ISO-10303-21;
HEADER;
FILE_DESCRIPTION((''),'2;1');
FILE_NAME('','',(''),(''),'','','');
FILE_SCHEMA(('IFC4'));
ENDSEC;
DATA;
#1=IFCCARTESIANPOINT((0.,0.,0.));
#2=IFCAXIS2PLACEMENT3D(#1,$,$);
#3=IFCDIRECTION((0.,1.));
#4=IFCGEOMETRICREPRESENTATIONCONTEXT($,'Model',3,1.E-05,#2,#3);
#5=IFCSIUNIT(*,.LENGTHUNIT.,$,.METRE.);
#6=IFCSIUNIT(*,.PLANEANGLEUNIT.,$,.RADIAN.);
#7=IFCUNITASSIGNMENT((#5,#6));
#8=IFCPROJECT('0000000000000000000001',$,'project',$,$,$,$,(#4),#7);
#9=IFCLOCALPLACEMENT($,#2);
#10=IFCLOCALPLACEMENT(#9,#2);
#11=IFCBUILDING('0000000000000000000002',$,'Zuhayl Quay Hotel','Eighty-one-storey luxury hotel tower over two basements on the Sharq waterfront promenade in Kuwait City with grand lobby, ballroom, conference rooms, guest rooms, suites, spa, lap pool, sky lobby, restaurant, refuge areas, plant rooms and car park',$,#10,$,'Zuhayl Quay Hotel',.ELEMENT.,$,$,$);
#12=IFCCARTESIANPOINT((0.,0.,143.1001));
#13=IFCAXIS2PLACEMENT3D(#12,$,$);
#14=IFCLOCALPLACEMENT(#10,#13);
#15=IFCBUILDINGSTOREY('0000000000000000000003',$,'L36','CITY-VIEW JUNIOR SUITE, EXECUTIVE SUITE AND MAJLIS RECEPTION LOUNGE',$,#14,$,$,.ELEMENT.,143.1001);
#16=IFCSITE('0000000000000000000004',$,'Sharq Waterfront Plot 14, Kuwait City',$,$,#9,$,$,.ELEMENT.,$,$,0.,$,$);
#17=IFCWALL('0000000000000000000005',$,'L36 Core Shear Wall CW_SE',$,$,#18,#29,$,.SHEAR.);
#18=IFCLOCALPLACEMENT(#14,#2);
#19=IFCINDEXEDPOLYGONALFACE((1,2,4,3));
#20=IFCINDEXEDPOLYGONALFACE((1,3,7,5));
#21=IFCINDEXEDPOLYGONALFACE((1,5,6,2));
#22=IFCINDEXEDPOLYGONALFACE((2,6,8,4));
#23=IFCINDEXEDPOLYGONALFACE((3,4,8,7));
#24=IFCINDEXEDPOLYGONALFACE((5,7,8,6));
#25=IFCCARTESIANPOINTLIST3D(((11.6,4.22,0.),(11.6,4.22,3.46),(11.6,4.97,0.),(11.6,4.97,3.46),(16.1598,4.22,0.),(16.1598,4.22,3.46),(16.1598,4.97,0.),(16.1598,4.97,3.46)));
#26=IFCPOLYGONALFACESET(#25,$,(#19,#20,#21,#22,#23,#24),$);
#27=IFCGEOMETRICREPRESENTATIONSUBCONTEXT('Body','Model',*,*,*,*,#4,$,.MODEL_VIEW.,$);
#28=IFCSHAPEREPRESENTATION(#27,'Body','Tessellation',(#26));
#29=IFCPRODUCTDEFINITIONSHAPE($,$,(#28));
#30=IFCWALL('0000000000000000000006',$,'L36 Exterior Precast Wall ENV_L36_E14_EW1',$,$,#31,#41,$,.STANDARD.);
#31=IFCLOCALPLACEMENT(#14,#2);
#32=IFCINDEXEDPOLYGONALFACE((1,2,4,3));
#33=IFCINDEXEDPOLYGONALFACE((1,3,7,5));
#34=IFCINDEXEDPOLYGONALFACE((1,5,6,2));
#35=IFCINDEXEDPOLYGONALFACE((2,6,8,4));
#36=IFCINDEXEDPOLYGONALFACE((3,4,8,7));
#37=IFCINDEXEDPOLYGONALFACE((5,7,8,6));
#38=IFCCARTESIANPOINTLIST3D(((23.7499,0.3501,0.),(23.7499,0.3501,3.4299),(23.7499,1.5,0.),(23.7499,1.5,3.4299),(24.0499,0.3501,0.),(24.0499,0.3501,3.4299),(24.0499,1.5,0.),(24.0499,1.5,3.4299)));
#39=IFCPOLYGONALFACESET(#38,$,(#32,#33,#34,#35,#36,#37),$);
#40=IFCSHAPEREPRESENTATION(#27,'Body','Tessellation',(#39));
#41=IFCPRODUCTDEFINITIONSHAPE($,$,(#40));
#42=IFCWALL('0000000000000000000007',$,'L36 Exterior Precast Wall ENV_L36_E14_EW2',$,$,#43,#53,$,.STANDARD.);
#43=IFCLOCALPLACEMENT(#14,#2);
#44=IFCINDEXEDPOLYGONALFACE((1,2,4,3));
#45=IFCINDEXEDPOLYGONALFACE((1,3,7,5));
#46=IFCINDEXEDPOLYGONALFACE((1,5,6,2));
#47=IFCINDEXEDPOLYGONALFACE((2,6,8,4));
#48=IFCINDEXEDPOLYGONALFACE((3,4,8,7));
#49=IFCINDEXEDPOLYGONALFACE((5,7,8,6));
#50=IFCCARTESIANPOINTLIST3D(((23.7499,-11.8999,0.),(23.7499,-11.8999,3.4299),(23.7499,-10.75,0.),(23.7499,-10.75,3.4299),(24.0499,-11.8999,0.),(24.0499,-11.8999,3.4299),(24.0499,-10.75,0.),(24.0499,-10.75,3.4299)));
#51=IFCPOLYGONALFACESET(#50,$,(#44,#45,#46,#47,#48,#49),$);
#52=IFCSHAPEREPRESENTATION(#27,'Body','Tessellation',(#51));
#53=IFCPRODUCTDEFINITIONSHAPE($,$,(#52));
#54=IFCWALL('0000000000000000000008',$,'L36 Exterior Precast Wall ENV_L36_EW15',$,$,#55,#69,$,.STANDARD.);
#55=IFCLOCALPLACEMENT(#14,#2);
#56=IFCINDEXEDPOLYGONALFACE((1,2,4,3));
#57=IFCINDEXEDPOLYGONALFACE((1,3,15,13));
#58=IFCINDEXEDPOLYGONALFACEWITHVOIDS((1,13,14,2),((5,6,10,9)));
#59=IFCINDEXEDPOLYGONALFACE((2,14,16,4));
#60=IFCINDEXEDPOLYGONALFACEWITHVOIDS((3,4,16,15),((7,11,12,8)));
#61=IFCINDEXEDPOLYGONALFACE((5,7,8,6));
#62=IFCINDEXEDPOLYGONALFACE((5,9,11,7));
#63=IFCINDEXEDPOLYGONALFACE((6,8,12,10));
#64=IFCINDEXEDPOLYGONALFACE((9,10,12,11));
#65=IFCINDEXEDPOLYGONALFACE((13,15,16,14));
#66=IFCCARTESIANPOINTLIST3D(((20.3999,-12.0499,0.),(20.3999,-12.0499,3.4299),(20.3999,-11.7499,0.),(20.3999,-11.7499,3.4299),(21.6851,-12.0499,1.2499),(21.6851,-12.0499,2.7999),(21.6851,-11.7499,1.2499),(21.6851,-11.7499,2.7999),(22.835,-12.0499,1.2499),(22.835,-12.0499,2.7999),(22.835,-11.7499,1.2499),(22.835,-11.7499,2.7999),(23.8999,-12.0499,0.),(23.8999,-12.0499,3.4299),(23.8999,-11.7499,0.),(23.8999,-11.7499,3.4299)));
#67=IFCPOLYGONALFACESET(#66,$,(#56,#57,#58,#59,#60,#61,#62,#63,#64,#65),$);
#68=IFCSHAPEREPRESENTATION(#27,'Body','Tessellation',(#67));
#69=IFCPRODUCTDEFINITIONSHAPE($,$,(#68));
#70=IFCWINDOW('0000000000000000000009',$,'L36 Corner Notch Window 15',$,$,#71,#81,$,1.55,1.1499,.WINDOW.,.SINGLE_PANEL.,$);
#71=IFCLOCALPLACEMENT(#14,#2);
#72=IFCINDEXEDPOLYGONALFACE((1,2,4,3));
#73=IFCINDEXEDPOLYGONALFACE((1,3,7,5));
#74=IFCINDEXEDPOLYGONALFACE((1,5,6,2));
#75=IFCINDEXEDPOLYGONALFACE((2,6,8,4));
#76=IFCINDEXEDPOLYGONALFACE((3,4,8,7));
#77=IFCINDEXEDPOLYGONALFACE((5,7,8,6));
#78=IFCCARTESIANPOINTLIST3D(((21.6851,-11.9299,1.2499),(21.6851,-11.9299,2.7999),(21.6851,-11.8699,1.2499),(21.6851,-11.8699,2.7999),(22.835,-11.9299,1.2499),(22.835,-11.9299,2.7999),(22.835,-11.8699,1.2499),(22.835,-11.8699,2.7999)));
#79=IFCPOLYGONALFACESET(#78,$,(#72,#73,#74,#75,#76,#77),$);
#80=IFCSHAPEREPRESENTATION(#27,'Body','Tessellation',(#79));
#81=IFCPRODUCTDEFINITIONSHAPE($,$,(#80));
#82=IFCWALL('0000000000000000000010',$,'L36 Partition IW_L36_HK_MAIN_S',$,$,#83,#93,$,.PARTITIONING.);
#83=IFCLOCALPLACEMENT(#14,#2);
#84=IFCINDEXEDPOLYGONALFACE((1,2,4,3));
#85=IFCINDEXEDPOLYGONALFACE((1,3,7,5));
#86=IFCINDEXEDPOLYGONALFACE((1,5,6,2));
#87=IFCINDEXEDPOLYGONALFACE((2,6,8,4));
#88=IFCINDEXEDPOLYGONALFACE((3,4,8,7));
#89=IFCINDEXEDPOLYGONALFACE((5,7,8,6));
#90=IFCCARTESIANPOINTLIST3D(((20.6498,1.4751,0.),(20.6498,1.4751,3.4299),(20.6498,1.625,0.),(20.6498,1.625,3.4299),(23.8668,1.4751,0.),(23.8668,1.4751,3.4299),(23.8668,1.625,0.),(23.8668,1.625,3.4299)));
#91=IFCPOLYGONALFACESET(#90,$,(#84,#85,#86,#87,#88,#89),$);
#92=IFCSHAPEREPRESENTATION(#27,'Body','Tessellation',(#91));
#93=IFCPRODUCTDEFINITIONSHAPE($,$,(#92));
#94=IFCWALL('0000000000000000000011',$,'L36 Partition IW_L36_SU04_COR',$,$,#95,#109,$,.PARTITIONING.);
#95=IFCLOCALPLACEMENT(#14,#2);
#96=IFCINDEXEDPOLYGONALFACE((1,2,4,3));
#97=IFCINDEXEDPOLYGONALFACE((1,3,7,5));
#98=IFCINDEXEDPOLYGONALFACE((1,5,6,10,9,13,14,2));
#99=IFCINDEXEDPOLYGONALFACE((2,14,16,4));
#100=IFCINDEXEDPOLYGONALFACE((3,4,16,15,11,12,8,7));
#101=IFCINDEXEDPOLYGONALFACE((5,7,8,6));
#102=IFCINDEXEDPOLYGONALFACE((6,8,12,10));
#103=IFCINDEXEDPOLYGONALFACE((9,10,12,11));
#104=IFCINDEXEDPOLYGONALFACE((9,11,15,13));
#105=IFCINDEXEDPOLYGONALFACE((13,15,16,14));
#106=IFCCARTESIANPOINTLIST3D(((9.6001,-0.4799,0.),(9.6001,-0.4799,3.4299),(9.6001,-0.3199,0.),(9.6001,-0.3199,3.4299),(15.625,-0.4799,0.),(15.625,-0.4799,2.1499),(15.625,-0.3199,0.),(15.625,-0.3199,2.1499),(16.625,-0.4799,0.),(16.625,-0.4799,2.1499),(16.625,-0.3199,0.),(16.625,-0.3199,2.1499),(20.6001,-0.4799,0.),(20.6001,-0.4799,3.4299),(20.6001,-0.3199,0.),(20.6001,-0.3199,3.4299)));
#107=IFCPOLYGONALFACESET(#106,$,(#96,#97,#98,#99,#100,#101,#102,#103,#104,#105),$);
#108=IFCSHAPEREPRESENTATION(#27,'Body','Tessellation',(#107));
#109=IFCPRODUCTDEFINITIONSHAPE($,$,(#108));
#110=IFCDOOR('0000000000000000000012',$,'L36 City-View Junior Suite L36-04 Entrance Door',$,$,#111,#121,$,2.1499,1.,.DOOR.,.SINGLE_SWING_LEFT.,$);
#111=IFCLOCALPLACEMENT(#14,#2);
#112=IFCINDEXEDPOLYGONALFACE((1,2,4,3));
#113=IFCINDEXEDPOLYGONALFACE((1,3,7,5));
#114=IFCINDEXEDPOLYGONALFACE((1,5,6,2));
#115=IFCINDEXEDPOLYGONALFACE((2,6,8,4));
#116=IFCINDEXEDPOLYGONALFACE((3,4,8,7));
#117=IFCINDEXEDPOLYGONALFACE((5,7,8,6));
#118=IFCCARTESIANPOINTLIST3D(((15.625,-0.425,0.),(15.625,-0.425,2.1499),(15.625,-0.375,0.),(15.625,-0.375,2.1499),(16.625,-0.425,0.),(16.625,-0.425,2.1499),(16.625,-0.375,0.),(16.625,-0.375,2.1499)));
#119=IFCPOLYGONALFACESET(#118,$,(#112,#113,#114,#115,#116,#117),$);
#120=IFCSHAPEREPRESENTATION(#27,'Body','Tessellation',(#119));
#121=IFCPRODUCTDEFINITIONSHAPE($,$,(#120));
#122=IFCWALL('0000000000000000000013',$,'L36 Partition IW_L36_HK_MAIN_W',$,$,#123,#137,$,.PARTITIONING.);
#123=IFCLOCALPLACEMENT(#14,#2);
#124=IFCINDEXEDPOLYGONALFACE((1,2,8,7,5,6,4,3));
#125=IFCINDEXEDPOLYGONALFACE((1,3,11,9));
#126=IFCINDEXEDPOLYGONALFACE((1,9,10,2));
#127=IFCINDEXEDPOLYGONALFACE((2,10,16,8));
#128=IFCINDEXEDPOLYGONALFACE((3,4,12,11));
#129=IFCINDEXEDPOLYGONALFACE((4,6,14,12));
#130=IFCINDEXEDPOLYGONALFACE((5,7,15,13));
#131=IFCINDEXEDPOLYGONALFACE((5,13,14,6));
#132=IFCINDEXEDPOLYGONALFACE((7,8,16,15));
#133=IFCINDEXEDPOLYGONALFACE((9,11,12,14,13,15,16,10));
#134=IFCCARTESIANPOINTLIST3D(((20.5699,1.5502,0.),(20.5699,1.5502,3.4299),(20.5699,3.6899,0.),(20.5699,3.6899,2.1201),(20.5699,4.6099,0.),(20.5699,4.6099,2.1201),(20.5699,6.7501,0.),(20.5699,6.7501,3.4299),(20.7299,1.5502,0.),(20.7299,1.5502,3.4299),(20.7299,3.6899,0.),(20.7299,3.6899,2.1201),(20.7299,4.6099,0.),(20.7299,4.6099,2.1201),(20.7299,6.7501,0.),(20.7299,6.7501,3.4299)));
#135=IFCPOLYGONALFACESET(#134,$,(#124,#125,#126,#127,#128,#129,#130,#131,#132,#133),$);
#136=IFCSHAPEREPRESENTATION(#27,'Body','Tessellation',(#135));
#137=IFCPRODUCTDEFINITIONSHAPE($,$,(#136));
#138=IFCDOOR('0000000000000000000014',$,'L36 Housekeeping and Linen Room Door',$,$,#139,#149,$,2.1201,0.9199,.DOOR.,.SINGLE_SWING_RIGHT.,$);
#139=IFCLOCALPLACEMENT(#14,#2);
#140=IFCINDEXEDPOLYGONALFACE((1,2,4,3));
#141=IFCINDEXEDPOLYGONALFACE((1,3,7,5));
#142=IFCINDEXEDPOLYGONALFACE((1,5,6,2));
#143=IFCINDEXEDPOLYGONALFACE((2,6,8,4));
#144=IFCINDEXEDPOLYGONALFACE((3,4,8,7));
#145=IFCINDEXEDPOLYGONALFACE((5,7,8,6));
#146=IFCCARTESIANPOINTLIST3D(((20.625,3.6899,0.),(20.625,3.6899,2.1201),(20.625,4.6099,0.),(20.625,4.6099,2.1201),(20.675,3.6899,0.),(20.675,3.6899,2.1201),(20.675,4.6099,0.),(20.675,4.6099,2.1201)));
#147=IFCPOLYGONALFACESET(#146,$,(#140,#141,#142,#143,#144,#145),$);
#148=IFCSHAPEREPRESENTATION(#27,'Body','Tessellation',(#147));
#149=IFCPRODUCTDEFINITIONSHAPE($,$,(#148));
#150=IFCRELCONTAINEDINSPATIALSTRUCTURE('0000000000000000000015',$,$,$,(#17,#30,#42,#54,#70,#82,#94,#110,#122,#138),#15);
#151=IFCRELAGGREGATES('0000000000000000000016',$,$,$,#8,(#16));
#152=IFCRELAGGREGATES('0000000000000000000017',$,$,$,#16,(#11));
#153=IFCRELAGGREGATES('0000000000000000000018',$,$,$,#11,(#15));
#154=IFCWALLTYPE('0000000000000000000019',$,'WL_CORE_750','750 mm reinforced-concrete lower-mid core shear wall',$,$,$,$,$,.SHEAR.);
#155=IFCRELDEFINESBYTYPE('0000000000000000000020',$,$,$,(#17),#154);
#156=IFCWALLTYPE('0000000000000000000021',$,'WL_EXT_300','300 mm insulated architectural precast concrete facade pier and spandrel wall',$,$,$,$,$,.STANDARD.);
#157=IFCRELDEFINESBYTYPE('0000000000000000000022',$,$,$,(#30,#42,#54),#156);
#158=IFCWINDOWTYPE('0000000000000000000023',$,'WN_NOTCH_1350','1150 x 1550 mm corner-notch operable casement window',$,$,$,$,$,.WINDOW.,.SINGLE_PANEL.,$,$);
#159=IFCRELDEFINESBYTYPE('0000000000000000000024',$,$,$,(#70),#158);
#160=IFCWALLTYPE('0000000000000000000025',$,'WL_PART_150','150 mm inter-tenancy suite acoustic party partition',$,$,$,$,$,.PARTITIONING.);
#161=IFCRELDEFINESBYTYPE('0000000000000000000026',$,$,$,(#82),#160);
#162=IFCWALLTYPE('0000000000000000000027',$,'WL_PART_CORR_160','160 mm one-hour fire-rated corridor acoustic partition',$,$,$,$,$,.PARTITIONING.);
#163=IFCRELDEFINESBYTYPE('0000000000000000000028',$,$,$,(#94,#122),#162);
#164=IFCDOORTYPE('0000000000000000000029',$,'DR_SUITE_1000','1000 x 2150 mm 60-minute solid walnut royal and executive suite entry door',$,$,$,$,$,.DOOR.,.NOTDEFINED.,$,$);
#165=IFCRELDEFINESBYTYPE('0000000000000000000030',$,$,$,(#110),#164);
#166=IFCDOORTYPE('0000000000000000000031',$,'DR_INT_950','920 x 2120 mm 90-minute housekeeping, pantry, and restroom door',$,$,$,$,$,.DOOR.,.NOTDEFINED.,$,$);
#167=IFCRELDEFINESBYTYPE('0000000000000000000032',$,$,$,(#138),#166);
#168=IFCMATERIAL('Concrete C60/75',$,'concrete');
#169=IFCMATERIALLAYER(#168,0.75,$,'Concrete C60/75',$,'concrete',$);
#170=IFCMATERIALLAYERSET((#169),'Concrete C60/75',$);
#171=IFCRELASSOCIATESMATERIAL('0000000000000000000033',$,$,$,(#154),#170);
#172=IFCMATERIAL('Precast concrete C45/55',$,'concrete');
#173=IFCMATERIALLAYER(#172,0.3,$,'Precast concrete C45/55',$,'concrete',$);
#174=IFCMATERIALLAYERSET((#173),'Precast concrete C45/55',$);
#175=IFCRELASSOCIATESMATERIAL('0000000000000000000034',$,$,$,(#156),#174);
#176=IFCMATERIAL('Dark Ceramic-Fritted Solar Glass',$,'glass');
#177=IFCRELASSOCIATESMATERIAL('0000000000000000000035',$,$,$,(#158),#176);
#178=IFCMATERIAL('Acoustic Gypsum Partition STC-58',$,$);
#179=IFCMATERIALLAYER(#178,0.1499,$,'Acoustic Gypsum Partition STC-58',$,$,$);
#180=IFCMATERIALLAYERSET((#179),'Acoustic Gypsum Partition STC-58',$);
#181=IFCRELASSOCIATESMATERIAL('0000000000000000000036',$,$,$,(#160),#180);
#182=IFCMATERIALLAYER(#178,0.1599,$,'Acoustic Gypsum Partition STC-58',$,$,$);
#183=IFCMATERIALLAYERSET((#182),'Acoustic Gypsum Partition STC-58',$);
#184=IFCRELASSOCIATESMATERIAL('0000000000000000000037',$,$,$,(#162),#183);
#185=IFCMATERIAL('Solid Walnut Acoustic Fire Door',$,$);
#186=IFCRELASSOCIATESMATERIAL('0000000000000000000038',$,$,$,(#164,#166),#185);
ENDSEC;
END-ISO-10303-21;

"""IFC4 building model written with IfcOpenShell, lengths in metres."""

from ifc_helpers import new_model, si_unit, direction, frame, frame_2d, origin, place, context, subcontext, project, spatial, rectangle, extrude, material, layer, layer_set, type_object, element, fill, save


model = new_model("IFC4")

# Units and contexts
model_context = context("Model", 3, precision=1e-05, world=origin(), true_north=direction((0.0, 1.0)))
body_context = subcontext(model_context, "Body", "Model", "MODEL_VIEW")
ifc_project = project(units=[si_unit("LENGTHUNIT", "METRE"), si_unit("PLANEANGLEUNIT", "RADIAN")], contexts=[model_context])

# Site, building, storey
site_placement = place(None, origin())
site = spatial("IfcSite", under=ifc_project, at=site_placement, Name="Sharq Waterfront Plot 14, Kuwait City", CompositionType="ELEMENT", RefElevation=0.0)
building_placement = place(site_placement, origin())
building = spatial("IfcBuilding", under=site, at=building_placement, Name="Zuhayl Quay Hotel", Description="Eighty-one-storey luxury hotel tower over two basements on the Sharq waterfront promenade in Kuwait City with grand lobby, ballroom, conference rooms, guest rooms, suites, spa, lap pool, sky lobby, restaurant, refuge areas, plant rooms and car park", LongName="Zuhayl Quay Hotel", CompositionType="ELEMENT")
storey_placement = place(building_placement, frame((0.0, 0.0, 143.1001)))
storey = spatial("IfcBuildingStorey", under=building, at=storey_placement, Name="L36", Description="CITY-VIEW JUNIOR SUITE, EXECUTIVE SUITE AND MAJLIS RECEPTION LOUNGE", CompositionType="ELEMENT", Elevation=143.1001)

# Shared definitions
ifc_material_1 = material(Name="Dark Ceramic-Fritted Solar Glass", Category="glass")

# Walls
ifc_material_2 = material(Name="Concrete C60/75", Category="concrete")
ifc_layer_1 = layer(ifc_material_2, 0.75, Name="Concrete C60/75", Category="concrete")
ifc_layer_set_1 = layer_set([ifc_layer_1], Name="Concrete C60/75")
wall_type_1 = type_object("IfcWallType", Name="WL_CORE_750", Description="750 mm reinforced-concrete lower-mid core shear wall", PredefinedType="SHEAR", material=ifc_layer_set_1)
wall_1_placement = place(storey_placement, frame((11.6001, 4.595, 0.0), z_axis=(0.0, 0.0, 1.0), x_axis=(1.0, 0.0, 0.0)))
element("IfcWall", 1, at=wall_1_placement, inside=storey, type_object=wall_type_1, Name="L36 Core Shear Wall CW_SE", PredefinedType="SHEAR", context=body_context, shape_type="SweptSolid", body=[
    extrude(rectangle(XDim=4.5598, YDim=0.75, at=frame_2d((2.2798, 0.0))), origin(), (0.0, 0.0, 1.0), 3.46),
])
ifc_material_3 = material(Name="Precast concrete C45/55", Category="concrete")
ifc_layer_2 = layer(ifc_material_3, 0.3, Name="Precast concrete C45/55", Category="concrete")
ifc_layer_set_2 = layer_set([ifc_layer_2], Name="Precast concrete C45/55")
wall_type_2 = type_object("IfcWallType", Name="WL_EXT_300", Description="300 mm insulated architectural precast concrete facade pier and spandrel wall", PredefinedType="STANDARD", material=ifc_layer_set_2)
for number, where, z_axis, x_axis, name in (
    (2, (23.8999, 1.5, 0.0), (0.0, 0.0, 1.0), (0.0, -1.0, 0.0), "L36 Exterior Precast Wall ENV_L36_E14_EW1"),
    (3, (23.8999, -10.75, 0.0), (0.0, 0.0, 1.0), (0.0, -1.0, 0.0), "L36 Exterior Precast Wall ENV_L36_E14_EW2"),
):
    element("IfcWall", number, at=place(storey_placement, frame(where, z_axis=z_axis, x_axis=x_axis)), inside=storey, type_object=wall_type_2, Name=name, PredefinedType="STANDARD", context=body_context, shape_type="SweptSolid", body=[
        extrude(rectangle(XDim=1.1499, YDim=0.3, at=frame_2d((0.575, 0.0))), origin(), (0.0, 0.0, 1.0), 3.4299),
    ])

# Wall, opening, window
wall_2_placement = place(storey_placement, frame((23.8999, -11.8999, 0.0), z_axis=(0.0, 0.0, 1.0), x_axis=(-1.0, 0.0, 0.0)))
wall_2 = element("IfcWall", 4, at=wall_2_placement, inside=storey, type_object=wall_type_2, Name="L36 Exterior Precast Wall ENV_L36_EW15", PredefinedType="STANDARD", context=body_context, shape_type="SweptSolid", body=[
    extrude(rectangle(XDim=3.5, YDim=0.3, at=frame_2d((1.75, 0.0))), origin(), (0.0, 0.0, 1.0), 3.4299),
])
opening_1_placement = place(wall_2_placement, frame((1.0649, 0.0, 1.25)))
opening_1 = element("IfcOpeningElement", 5, at=opening_1_placement, cuts=wall_2, PredefinedType="OPENING", context=body_context, shape_type="SweptSolid", body=[
    extrude(rectangle(XDim=1.1499, YDim=1.55, at=frame_2d((0.575, 0.7749))), frame((0.0, 0.1599, 0.0), z_axis=(0.0, -1.0, 0.0), x_axis=(1.0, 0.0, 0.0)), (0.0, 0.0, 1.0), 0.3201),
])
window_type = type_object("IfcWindowType", Name="WN_NOTCH_1350", Description="1150 x 1550 mm corner-notch operable casement window", PartitioningType="SINGLE_PANEL", PredefinedType="WINDOW", material=ifc_material_1)
window_placement = place(opening_1_placement, origin())
window = element("IfcWindow", 6, at=window_placement, inside=storey, type_object=window_type, Name="L36 Corner Notch Window 15", OverallHeight=1.55, OverallWidth=1.1499, PartitioningType="SINGLE_PANEL", PredefinedType="WINDOW", context=body_context, shape_type="SweptSolid", body=[
    extrude(rectangle(XDim=1.1499, YDim=1.55, at=frame_2d((0.575, 0.7749))), frame((0.0, 0.03, 0.0), z_axis=(0.0, -1.0, 0.0), x_axis=(1.0, 0.0, 0.0)), (0.0, 0.0, 1.0), 0.0601),
])
fill(opening_1, window)

# Wall
ifc_material_4 = material(Name="Acoustic Gypsum Partition STC-58")
ifc_layer_3 = layer(ifc_material_4, 0.1499, Name="Acoustic Gypsum Partition STC-58")
ifc_layer_set_3 = layer_set([ifc_layer_3], Name="Acoustic Gypsum Partition STC-58")
wall_type_3 = type_object("IfcWallType", Name="WL_PART_150", Description="150 mm inter-tenancy suite acoustic party partition", PredefinedType="PARTITIONING", material=ifc_layer_set_3)
wall_3_placement = place(storey_placement, frame((20.6499, 1.55, 0.0), z_axis=(0.0, 0.0, 1.0), x_axis=(1.0, 0.0, 0.0)))
element("IfcWall", 7, at=wall_3_placement, inside=storey, type_object=wall_type_3, Name="L36 Partition IW_L36_HK_MAIN_S", PredefinedType="PARTITIONING", context=body_context, shape_type="SweptSolid", body=[
    extrude(rectangle(XDim=3.217, YDim=0.1499, at=frame_2d((1.6084, 0.0))), origin(), (0.0, 0.0, 1.0), 3.4299),
])

# Walls, openings, doors
ifc_layer_4 = layer(ifc_material_4, 0.1599, Name="Acoustic Gypsum Partition STC-58")
ifc_layer_set_4 = layer_set([ifc_layer_4], Name="Acoustic Gypsum Partition STC-58")
wall_type_4 = type_object("IfcWallType", Name="WL_PART_CORR_160", Description="160 mm one-hour fire-rated corridor acoustic partition", PredefinedType="PARTITIONING", material=ifc_layer_set_4)
wall_4_placement = place(storey_placement, frame((9.6001, -0.3999, 0.0), z_axis=(0.0, 0.0, 1.0), x_axis=(1.0, 0.0, 0.0)))
wall_4 = element("IfcWall", 8, at=wall_4_placement, inside=storey, type_object=wall_type_4, Name="L36 Partition IW_L36_SU04_COR", PredefinedType="PARTITIONING", context=body_context, shape_type="SweptSolid", body=[
    extrude(rectangle(XDim=11.0, YDim=0.1599, at=frame_2d((5.5, 0.0))), origin(), (0.0, 0.0, 1.0), 3.4299),
])
opening_2_placement = place(wall_4_placement, frame((6.0249, 0.0, 0.0)))
opening_2 = element("IfcOpeningElement", 9, at=opening_2_placement, cuts=wall_4, PredefinedType="OPENING", context=body_context, shape_type="SweptSolid", body=[
    extrude(rectangle(XDim=1.0, YDim=2.1499, at=frame_2d((0.5, 1.075))), frame((0.0, 0.0898, 0.0), z_axis=(0.0, -1.0, 0.0), x_axis=(1.0, 0.0, 0.0)), (0.0, 0.0, 1.0), 0.1799),
])
ifc_material_5 = material(Name="Solid Walnut Acoustic Fire Door")
door_type_1 = type_object("IfcDoorType", Name="DR_SUITE_1000", Description="1000 x 2150 mm 60-minute solid walnut royal and executive suite entry door", OperationType="NOTDEFINED", PredefinedType="DOOR", material=ifc_material_5)
door_1_placement = place(opening_2_placement, origin())
door_1 = element("IfcDoor", 10, at=door_1_placement, inside=storey, type_object=door_type_1, Name="L36 City-View Junior Suite L36-04 Entrance Door", OperationType="SINGLE_SWING_LEFT", OverallHeight=2.1499, OverallWidth=1.0, PredefinedType="DOOR", context=body_context, shape_type="SweptSolid", body=[
    extrude(rectangle(XDim=1.0, YDim=2.1499, at=frame_2d((0.5, 1.075))), frame((0.0, 0.0249, 0.0), z_axis=(0.0, -1.0, 0.0), x_axis=(1.0, 0.0, 0.0)), (0.0, 0.0, 1.0), 0.05),
])
fill(opening_2, door_1)
wall_5_placement = place(storey_placement, frame((20.6499, 1.55, 0.0), z_axis=(0.0, 0.0, 1.0), x_axis=(0.0, 1.0, 0.0)))
wall_5 = element("IfcWall", 11, at=wall_5_placement, inside=storey, type_object=wall_type_4, Name="L36 Partition IW_L36_HK_MAIN_W", PredefinedType="PARTITIONING", context=body_context, shape_type="SweptSolid", body=[
    extrude(rectangle(XDim=5.2, YDim=0.1599, at=frame_2d((2.6001, 0.0))), origin(), (0.0, 0.0, 1.0), 3.4299),
])
opening_3_placement = place(wall_5_placement, frame((2.1399, 0.0, 0.0)))
opening_3 = element("IfcOpeningElement", 12, at=opening_3_placement, cuts=wall_5, PredefinedType="OPENING", context=body_context, shape_type="SweptSolid", body=[
    extrude(rectangle(XDim=0.9199, YDim=2.1201, at=frame_2d((0.46, 1.0601))), frame((0.0, 0.0898, 0.0), z_axis=(0.0, -1.0, 0.0), x_axis=(1.0, 0.0, 0.0)), (0.0, 0.0, 1.0), 0.1799),
])
door_type_2 = type_object("IfcDoorType", Name="DR_INT_950", Description="920 x 2120 mm 90-minute housekeeping, pantry, and restroom door", OperationType="NOTDEFINED", PredefinedType="DOOR", material=ifc_material_5)
door_2_placement = place(opening_3_placement, origin())
door_2 = element("IfcDoor", 13, at=door_2_placement, inside=storey, type_object=door_type_2, Name="L36 Housekeeping and Linen Room Door", OperationType="SINGLE_SWING_RIGHT", OverallHeight=2.1201, OverallWidth=0.9199, PredefinedType="DOOR", context=body_context, shape_type="SweptSolid", body=[
    extrude(rectangle(XDim=0.9199, YDim=2.1201, at=frame_2d((0.46, 1.0601))), frame((0.0, 0.0249, 0.0), z_axis=(0.0, -1.0, 0.0), x_axis=(1.0, 0.0, 0.0)), (0.0, 0.0, 1.0), 0.05),
])
fill(opening_3, door_2)

save(model, "model.ifc")
